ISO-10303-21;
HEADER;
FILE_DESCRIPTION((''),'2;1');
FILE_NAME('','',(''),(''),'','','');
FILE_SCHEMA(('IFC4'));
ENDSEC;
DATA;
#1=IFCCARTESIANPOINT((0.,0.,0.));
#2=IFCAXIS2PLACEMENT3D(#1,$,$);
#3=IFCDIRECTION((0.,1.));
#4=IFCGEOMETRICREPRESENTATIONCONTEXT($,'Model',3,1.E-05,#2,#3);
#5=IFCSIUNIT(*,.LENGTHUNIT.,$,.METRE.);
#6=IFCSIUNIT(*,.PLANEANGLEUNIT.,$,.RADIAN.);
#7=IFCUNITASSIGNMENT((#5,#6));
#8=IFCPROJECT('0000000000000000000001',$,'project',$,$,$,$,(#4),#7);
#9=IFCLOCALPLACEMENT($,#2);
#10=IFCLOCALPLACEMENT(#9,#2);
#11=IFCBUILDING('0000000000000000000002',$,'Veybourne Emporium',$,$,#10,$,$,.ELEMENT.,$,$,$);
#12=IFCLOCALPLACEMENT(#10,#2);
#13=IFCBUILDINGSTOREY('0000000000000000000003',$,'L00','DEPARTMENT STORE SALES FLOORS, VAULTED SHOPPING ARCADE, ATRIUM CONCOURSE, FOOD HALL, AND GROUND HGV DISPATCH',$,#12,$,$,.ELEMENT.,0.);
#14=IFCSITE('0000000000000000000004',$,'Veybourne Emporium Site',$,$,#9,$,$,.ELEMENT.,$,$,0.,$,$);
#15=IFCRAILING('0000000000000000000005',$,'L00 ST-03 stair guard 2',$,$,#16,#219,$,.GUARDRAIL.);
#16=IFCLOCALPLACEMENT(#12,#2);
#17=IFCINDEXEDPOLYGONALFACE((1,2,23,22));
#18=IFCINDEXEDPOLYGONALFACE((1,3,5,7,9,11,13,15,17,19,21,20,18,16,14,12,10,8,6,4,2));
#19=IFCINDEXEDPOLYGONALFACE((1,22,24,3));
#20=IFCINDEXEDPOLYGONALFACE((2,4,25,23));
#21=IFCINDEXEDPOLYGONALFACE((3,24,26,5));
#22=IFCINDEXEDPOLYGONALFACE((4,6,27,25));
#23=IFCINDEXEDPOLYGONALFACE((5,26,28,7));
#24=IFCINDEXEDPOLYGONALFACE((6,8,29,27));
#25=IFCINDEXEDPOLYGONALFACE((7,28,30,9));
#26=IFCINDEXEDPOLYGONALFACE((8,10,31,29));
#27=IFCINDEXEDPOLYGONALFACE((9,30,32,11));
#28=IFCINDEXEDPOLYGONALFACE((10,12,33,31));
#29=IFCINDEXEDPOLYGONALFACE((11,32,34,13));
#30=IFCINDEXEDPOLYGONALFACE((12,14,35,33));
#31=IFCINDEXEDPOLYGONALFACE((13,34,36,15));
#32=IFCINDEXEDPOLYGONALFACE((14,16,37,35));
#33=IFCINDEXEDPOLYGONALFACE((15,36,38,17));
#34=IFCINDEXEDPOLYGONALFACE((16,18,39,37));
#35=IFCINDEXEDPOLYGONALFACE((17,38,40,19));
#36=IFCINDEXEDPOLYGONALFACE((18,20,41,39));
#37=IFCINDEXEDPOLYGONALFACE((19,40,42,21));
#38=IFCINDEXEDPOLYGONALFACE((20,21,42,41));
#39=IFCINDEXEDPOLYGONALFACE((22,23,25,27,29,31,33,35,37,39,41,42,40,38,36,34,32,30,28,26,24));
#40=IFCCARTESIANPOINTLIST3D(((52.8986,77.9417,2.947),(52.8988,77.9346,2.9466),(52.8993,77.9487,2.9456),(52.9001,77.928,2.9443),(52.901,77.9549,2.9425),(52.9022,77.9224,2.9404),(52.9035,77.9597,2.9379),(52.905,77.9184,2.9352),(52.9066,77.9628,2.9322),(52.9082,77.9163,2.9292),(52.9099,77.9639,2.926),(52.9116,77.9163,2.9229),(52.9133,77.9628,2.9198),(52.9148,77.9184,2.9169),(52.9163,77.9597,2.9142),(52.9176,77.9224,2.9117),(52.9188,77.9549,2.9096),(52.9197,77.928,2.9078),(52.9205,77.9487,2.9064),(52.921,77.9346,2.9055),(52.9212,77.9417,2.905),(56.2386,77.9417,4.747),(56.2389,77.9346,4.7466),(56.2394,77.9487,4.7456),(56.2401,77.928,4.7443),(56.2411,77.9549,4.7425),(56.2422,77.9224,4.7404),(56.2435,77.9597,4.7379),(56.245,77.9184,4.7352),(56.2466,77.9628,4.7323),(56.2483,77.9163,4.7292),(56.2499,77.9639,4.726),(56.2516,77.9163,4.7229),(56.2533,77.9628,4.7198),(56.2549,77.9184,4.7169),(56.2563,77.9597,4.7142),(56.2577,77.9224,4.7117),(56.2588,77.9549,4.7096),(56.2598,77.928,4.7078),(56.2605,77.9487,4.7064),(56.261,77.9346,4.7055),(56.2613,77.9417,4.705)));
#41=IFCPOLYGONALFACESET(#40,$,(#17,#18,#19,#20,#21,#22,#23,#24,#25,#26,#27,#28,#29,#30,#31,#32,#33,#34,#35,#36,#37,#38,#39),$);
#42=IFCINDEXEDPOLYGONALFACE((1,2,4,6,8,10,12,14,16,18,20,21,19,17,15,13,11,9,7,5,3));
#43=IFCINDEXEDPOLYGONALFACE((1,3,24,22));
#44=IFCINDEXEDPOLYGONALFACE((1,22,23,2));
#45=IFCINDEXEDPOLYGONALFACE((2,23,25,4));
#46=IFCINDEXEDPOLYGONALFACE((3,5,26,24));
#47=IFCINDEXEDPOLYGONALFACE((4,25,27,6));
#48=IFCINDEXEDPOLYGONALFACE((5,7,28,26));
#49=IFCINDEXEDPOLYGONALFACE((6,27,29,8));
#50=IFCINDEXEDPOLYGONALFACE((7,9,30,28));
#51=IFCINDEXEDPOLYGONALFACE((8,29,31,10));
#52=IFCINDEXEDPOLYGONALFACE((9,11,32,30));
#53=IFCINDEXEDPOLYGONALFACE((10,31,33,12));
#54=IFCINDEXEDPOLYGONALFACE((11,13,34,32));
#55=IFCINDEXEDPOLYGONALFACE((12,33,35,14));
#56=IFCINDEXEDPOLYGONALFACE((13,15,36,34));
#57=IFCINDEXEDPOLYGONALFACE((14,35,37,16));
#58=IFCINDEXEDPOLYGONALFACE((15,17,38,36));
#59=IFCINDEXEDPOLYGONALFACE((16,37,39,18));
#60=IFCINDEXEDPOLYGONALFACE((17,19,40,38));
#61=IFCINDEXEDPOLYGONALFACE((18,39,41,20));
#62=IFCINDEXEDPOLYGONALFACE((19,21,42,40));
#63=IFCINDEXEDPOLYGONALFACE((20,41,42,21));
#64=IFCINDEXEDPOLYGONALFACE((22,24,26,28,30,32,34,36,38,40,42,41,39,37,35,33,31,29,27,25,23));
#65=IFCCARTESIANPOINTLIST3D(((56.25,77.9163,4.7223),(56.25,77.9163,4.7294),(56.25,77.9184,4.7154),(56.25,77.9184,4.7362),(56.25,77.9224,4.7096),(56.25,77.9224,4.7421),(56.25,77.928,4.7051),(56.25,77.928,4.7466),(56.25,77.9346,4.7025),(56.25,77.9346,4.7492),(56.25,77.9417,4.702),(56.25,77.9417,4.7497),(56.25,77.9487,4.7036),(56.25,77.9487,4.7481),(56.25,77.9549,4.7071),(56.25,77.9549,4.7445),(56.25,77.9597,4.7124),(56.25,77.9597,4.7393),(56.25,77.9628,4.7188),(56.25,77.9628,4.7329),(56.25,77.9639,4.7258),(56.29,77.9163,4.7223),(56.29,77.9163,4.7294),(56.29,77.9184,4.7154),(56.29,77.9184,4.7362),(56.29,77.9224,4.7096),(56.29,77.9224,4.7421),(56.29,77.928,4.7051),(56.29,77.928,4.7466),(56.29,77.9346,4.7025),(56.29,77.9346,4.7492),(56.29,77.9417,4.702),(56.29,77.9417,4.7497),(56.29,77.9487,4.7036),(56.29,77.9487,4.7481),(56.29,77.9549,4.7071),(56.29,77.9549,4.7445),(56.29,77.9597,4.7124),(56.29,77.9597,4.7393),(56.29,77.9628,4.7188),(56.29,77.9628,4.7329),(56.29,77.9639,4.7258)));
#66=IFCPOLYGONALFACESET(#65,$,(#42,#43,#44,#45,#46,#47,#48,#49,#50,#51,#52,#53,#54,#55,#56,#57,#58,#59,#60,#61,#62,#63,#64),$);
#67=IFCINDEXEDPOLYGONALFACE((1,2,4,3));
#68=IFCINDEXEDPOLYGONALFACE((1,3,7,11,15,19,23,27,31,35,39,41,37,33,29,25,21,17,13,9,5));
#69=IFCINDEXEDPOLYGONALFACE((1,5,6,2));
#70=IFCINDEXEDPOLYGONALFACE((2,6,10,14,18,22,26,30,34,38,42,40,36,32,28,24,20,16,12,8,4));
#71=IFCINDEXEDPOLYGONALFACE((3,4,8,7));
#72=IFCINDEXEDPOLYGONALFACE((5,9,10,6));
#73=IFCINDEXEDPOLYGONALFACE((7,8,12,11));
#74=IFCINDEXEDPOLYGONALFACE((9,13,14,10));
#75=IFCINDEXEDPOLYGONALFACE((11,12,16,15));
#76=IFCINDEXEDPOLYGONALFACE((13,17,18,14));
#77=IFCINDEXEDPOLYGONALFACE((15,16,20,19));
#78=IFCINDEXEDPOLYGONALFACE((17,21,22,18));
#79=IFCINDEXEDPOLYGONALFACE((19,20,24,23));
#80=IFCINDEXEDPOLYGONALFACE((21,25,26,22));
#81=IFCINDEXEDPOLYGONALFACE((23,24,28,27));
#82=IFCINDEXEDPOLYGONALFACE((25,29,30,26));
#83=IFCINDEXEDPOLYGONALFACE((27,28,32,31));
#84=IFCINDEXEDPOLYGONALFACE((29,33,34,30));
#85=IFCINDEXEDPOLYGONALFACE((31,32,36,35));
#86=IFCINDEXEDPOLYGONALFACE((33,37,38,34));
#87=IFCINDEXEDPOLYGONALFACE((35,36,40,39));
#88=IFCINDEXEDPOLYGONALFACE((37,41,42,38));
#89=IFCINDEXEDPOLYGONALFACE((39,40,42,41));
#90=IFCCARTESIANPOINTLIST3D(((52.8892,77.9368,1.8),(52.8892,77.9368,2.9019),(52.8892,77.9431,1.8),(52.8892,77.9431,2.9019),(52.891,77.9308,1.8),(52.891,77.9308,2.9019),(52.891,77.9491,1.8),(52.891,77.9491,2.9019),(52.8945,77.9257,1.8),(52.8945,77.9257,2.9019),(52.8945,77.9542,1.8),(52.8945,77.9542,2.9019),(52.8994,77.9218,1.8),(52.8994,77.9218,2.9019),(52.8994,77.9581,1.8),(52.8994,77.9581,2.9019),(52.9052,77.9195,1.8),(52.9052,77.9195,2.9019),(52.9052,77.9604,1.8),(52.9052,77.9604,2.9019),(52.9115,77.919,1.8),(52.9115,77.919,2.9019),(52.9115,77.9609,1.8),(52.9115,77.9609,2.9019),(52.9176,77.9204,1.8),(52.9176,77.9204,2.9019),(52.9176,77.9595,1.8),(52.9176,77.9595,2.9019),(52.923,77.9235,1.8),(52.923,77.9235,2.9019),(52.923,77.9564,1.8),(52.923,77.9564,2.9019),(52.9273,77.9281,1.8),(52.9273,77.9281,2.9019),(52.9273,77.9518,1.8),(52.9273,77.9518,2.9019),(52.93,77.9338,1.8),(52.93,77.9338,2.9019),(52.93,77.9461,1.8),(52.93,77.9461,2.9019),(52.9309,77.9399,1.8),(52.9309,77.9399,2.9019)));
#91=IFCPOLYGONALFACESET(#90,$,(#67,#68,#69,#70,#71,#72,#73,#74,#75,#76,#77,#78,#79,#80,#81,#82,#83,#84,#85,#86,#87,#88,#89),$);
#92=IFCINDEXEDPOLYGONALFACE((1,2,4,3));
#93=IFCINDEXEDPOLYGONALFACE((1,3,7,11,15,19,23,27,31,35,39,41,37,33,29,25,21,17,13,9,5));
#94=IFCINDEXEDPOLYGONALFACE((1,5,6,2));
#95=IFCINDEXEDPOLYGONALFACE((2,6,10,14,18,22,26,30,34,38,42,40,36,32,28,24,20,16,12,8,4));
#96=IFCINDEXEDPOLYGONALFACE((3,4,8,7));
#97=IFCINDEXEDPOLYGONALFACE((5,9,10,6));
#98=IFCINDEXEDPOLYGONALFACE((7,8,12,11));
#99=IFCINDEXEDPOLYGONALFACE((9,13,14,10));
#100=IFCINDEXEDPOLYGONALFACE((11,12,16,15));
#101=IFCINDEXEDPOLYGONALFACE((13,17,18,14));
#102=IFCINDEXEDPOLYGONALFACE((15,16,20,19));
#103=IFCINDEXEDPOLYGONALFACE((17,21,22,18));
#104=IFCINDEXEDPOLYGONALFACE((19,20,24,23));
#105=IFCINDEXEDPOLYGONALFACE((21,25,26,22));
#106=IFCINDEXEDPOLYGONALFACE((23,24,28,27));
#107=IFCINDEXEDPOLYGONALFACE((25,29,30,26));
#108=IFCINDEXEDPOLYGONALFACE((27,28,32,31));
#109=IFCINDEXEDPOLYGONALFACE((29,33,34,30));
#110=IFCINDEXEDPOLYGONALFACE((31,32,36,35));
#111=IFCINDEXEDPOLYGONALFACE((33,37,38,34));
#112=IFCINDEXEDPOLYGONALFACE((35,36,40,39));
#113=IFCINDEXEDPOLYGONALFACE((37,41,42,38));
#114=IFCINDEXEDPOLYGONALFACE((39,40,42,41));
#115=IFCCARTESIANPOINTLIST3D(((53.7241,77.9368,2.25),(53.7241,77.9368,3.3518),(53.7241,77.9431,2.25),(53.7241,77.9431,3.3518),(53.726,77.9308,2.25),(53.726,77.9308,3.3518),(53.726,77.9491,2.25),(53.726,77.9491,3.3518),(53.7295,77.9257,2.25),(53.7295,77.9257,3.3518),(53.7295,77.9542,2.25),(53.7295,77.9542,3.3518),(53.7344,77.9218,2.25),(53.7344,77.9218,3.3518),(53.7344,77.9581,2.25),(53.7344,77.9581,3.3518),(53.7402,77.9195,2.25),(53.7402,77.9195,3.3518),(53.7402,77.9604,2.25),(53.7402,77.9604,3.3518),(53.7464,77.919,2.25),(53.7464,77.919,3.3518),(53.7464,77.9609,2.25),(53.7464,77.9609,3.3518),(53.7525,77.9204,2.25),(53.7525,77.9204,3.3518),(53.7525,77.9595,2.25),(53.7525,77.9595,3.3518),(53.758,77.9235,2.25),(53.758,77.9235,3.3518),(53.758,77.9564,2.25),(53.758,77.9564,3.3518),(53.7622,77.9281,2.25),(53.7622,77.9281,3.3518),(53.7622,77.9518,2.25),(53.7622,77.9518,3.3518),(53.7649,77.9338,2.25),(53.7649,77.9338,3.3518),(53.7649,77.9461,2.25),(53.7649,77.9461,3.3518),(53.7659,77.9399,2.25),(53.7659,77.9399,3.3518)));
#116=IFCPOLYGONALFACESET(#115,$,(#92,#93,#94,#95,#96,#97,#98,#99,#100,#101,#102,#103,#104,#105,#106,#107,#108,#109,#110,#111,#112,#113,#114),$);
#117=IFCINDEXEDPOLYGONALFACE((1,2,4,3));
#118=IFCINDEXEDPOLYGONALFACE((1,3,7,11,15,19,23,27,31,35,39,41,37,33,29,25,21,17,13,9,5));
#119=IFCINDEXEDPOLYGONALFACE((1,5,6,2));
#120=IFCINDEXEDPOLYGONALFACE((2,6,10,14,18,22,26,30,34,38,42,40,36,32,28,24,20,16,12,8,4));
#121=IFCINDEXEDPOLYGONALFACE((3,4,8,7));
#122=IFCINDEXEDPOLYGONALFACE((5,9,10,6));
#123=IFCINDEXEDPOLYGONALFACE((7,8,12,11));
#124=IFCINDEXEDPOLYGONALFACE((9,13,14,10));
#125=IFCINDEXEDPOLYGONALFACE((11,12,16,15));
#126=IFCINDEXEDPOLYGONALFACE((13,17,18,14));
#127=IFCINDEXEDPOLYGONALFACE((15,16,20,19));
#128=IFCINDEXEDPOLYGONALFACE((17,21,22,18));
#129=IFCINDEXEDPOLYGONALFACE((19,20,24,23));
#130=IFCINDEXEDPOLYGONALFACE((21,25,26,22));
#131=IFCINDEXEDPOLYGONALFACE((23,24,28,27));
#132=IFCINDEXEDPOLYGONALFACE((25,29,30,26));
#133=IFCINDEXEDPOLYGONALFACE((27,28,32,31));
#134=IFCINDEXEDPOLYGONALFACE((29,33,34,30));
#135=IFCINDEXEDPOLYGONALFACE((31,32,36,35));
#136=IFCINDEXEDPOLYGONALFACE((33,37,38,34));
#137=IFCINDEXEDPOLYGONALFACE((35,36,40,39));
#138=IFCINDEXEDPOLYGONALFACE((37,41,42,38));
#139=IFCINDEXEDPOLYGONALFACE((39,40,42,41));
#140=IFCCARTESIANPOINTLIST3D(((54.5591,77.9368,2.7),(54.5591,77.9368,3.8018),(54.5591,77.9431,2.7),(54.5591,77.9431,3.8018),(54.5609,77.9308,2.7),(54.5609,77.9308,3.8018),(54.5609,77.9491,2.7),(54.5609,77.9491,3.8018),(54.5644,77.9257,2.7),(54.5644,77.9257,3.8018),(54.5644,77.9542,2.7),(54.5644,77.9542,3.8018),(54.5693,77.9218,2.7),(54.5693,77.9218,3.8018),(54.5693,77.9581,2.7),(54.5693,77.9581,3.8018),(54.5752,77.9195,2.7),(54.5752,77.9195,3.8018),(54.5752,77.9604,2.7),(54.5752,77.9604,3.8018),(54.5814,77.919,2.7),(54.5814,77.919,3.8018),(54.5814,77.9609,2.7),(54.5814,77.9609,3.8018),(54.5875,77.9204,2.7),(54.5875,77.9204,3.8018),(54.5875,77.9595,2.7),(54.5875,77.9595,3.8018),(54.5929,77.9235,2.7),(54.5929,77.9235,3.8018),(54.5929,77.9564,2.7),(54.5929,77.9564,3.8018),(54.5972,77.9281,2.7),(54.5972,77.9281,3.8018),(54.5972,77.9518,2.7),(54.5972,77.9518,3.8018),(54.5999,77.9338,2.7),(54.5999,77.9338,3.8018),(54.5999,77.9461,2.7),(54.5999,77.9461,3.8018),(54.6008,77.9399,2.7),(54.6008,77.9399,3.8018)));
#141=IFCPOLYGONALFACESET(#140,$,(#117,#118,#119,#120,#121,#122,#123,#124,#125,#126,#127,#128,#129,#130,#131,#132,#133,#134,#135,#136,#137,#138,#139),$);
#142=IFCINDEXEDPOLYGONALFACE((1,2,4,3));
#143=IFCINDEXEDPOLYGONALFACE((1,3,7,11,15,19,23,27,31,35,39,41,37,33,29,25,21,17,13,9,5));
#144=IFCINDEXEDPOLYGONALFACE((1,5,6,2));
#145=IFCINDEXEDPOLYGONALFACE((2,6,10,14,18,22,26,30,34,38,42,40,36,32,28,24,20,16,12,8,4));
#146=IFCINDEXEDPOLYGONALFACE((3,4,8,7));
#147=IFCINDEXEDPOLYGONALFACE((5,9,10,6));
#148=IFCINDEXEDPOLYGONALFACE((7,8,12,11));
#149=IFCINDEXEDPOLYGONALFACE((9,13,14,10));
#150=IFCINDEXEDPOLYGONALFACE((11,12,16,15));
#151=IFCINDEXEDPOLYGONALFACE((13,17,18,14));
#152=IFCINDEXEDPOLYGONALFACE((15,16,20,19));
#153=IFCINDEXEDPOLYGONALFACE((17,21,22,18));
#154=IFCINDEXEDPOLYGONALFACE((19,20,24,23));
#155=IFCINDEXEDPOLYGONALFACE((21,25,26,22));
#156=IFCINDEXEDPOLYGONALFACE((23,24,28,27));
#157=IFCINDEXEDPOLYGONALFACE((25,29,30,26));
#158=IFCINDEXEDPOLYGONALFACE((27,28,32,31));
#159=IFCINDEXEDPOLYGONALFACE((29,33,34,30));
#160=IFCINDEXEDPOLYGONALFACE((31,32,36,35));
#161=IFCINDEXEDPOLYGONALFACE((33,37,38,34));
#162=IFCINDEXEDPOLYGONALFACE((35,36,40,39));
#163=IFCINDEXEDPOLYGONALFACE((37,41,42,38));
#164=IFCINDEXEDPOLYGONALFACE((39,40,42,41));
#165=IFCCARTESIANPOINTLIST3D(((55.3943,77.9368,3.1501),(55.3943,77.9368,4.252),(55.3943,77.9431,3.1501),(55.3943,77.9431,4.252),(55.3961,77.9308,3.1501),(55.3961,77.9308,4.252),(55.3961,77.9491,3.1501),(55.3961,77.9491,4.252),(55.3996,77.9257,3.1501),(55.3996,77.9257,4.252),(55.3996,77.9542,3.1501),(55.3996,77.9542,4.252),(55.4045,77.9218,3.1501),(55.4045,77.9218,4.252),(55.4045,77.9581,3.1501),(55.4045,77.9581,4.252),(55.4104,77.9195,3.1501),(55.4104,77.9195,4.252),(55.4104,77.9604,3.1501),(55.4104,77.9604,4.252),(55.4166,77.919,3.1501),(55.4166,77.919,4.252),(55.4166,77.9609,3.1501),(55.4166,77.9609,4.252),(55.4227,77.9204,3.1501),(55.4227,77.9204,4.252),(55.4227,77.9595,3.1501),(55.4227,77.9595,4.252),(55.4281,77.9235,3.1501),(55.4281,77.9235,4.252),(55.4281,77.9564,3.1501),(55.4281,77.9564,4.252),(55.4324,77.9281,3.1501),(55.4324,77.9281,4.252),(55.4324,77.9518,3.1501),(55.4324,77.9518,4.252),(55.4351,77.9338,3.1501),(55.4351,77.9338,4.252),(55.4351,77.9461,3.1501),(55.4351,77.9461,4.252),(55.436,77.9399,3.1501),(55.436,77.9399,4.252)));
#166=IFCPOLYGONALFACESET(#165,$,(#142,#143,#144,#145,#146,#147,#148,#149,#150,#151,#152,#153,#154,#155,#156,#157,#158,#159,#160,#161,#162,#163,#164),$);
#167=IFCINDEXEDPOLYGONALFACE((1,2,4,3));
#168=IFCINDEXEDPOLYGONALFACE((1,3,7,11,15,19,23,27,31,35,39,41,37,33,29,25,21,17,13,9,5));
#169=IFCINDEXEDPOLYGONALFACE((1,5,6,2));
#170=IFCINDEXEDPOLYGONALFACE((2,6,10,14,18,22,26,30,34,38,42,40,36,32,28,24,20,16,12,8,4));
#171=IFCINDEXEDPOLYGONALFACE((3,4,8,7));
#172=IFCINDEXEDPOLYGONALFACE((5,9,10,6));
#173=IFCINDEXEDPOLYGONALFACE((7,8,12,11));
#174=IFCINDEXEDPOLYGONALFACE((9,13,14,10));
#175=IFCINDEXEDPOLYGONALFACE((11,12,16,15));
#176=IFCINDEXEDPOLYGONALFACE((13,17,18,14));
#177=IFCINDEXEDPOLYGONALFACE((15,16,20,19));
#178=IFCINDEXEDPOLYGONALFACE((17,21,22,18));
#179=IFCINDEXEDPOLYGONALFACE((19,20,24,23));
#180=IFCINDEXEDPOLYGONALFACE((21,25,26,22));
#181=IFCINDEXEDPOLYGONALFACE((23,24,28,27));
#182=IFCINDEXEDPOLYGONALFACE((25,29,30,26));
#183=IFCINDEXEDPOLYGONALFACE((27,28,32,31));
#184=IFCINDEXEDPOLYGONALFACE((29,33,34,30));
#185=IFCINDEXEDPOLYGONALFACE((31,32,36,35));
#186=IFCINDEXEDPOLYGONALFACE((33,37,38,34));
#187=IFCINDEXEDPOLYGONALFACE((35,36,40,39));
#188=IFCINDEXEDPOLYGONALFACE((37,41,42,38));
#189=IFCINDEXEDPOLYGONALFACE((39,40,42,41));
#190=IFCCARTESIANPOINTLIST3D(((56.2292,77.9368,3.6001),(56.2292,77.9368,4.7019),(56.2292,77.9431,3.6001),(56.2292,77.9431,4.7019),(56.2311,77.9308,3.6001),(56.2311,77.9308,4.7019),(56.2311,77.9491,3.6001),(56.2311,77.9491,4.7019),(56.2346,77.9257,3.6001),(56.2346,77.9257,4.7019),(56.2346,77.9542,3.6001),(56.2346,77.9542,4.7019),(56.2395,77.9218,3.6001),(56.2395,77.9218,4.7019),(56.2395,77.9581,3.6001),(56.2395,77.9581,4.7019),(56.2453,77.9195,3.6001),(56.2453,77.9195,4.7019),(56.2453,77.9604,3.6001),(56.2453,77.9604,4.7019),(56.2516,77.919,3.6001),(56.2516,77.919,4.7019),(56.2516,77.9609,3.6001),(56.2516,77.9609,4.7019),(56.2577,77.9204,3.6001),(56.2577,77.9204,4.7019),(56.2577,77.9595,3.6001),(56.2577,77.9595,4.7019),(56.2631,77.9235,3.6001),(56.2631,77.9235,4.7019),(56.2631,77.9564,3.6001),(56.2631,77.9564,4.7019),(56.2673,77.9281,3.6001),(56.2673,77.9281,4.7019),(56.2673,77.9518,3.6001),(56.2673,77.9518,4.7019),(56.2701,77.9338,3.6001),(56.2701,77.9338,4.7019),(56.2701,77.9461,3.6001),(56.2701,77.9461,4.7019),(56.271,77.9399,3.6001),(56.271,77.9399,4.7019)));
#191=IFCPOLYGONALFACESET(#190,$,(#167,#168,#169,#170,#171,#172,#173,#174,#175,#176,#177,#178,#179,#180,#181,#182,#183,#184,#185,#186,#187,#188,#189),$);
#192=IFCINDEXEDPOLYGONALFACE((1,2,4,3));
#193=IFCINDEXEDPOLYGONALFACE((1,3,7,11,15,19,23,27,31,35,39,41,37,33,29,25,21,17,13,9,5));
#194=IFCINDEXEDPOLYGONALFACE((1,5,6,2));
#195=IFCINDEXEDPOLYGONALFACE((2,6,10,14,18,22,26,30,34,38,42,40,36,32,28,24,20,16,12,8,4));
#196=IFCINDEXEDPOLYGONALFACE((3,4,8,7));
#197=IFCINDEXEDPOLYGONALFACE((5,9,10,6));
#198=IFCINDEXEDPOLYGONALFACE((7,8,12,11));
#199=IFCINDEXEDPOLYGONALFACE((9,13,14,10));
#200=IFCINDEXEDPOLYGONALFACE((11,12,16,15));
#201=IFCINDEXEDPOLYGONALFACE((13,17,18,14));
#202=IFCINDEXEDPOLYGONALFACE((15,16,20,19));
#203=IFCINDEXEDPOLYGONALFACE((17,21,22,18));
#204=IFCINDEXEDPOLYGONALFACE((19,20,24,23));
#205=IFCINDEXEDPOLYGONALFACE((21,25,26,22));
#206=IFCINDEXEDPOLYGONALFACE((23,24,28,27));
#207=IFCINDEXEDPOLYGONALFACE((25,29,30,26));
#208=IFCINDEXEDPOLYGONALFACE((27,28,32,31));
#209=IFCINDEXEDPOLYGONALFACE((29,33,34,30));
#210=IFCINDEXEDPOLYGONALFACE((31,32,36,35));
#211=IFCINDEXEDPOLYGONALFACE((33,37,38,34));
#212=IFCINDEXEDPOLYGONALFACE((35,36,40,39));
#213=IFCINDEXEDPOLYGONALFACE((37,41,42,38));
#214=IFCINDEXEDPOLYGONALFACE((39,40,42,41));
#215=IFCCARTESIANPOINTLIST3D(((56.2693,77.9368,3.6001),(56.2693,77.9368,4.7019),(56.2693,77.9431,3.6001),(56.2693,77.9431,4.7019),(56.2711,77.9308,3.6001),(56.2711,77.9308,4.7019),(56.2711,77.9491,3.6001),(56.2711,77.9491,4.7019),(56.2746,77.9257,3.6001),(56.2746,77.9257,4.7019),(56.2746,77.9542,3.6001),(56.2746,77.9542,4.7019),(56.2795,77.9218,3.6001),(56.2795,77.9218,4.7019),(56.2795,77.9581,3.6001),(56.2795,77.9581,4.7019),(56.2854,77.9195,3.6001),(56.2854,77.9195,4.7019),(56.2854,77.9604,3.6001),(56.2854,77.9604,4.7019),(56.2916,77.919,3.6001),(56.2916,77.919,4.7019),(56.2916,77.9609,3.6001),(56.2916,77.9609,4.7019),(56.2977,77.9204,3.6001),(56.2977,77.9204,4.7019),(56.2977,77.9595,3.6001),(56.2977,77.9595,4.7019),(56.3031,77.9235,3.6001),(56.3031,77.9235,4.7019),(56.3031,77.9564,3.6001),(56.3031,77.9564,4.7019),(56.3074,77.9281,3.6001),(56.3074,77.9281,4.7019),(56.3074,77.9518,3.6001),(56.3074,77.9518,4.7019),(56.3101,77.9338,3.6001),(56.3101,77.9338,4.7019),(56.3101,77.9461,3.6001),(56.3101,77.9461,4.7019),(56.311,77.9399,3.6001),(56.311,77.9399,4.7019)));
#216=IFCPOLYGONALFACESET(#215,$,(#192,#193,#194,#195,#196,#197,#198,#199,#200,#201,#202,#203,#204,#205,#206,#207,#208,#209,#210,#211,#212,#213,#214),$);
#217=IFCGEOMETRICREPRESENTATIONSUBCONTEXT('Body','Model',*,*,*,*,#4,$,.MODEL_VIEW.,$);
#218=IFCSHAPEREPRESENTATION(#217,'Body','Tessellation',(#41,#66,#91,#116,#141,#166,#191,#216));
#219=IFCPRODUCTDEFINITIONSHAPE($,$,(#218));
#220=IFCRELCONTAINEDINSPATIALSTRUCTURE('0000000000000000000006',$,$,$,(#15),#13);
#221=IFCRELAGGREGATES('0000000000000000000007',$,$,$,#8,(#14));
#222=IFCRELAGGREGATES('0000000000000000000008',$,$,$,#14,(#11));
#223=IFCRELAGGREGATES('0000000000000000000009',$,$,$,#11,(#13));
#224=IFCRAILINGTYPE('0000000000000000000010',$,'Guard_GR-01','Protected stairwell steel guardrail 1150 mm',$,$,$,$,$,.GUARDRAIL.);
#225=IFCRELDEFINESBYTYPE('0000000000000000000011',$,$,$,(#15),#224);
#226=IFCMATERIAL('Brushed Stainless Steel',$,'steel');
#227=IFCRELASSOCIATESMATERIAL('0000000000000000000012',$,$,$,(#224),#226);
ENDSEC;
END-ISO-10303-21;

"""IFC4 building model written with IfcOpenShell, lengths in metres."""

from ifc_helpers import new_model, si_unit, direction, frame, origin, origin_2d, place, context, subcontext, project, spatial, circle, extrude, material, type_object, element, save


model = new_model("IFC4")

# Units and contexts
model_context = context("Model", 3, precision=1e-05, world=origin(), true_north=direction((0.0, 1.0)))
body_context = subcontext(model_context, "Body", "Model", "MODEL_VIEW")
ifc_project = project(units=[si_unit("LENGTHUNIT", "METRE"), si_unit("PLANEANGLEUNIT", "RADIAN")], contexts=[model_context])

# Site, building, storey
site_placement = place(None, origin())
site = spatial("IfcSite", under=ifc_project, at=site_placement, Name="Veybourne Emporium Site", CompositionType="ELEMENT", RefElevation=0.0)
building_placement = place(site_placement, origin())
building = spatial("IfcBuilding", under=site, at=building_placement, Name="Veybourne Emporium", CompositionType="ELEMENT")
storey_placement = place(building_placement, origin())
storey = spatial("IfcBuildingStorey", under=building, at=storey_placement, Name="L00", Description="DEPARTMENT STORE SALES FLOORS, VAULTED SHOPPING ARCADE, ATRIUM CONCOURSE, FOOD HALL, AND GROUND HGV DISPATCH", CompositionType="ELEMENT", Elevation=0.0)

# Railing
ifc_material_1 = material(Name="Brushed Stainless Steel", Category="steel")
railing_type_1 = type_object("IfcRailingType", Name="Guard_GR-01", Description="Protected stairwell steel guardrail 1150 mm", PredefinedType="GUARDRAIL", material=ifc_material_1)
railing_1_placement = place(storey_placement, frame((52.9099, 77.9399, 1.8)))
element("IfcRailing", 1, at=railing_1_placement, inside=storey, type_object=railing_type_1, Name="L00 ST-03 stair guard 2", PredefinedType="GUARDRAIL", context=body_context, shape_type="SweptSolid", body=[
    extrude(circle(Radius=0.0239, at=origin_2d()), frame((0.0, 0.0, 1.126), z_axis=(0.880302, 0.0, 0.474414), x_axis=(0.0, 1.0, 0.0)), (0.0, 0.0, 1.0), 3.7942),
    extrude(circle(Radius=0.0239, at=origin_2d()), frame((3.3401, 0.0, 2.9258), z_axis=(1.0, 0.0, 0.0), x_axis=(0.0, 1.0, 0.0)), (0.0, 0.0, 1.0), 0.04),
    extrude(circle(Radius=0.021, at=origin_2d()), origin(), (0.0, 0.0, 1.0), 1.1018),
    extrude(circle(Radius=0.021, at=origin_2d()), frame((0.835, 0.0, 0.45)), (0.0, 0.0, 1.0), 1.1018),
    extrude(circle(Radius=0.021, at=origin_2d()), frame((1.6699, 0.0, 0.8999)), (0.0, 0.0, 1.0), 1.1018),
    extrude(circle(Radius=0.021, at=origin_2d()), frame((2.5051, 0.0, 1.3501)), (0.0, 0.0, 1.0), 1.1018),
    extrude(circle(Radius=0.021, at=origin_2d()), frame((3.3401, 0.0, 1.8)), (0.0, 0.0, 1.0), 1.1018),
    extrude(circle(Radius=0.021, at=origin_2d()), frame((3.3801, 0.0, 1.8)), (0.0, 0.0, 1.0), 1.1018),
])

save(model, "model.ifc")
